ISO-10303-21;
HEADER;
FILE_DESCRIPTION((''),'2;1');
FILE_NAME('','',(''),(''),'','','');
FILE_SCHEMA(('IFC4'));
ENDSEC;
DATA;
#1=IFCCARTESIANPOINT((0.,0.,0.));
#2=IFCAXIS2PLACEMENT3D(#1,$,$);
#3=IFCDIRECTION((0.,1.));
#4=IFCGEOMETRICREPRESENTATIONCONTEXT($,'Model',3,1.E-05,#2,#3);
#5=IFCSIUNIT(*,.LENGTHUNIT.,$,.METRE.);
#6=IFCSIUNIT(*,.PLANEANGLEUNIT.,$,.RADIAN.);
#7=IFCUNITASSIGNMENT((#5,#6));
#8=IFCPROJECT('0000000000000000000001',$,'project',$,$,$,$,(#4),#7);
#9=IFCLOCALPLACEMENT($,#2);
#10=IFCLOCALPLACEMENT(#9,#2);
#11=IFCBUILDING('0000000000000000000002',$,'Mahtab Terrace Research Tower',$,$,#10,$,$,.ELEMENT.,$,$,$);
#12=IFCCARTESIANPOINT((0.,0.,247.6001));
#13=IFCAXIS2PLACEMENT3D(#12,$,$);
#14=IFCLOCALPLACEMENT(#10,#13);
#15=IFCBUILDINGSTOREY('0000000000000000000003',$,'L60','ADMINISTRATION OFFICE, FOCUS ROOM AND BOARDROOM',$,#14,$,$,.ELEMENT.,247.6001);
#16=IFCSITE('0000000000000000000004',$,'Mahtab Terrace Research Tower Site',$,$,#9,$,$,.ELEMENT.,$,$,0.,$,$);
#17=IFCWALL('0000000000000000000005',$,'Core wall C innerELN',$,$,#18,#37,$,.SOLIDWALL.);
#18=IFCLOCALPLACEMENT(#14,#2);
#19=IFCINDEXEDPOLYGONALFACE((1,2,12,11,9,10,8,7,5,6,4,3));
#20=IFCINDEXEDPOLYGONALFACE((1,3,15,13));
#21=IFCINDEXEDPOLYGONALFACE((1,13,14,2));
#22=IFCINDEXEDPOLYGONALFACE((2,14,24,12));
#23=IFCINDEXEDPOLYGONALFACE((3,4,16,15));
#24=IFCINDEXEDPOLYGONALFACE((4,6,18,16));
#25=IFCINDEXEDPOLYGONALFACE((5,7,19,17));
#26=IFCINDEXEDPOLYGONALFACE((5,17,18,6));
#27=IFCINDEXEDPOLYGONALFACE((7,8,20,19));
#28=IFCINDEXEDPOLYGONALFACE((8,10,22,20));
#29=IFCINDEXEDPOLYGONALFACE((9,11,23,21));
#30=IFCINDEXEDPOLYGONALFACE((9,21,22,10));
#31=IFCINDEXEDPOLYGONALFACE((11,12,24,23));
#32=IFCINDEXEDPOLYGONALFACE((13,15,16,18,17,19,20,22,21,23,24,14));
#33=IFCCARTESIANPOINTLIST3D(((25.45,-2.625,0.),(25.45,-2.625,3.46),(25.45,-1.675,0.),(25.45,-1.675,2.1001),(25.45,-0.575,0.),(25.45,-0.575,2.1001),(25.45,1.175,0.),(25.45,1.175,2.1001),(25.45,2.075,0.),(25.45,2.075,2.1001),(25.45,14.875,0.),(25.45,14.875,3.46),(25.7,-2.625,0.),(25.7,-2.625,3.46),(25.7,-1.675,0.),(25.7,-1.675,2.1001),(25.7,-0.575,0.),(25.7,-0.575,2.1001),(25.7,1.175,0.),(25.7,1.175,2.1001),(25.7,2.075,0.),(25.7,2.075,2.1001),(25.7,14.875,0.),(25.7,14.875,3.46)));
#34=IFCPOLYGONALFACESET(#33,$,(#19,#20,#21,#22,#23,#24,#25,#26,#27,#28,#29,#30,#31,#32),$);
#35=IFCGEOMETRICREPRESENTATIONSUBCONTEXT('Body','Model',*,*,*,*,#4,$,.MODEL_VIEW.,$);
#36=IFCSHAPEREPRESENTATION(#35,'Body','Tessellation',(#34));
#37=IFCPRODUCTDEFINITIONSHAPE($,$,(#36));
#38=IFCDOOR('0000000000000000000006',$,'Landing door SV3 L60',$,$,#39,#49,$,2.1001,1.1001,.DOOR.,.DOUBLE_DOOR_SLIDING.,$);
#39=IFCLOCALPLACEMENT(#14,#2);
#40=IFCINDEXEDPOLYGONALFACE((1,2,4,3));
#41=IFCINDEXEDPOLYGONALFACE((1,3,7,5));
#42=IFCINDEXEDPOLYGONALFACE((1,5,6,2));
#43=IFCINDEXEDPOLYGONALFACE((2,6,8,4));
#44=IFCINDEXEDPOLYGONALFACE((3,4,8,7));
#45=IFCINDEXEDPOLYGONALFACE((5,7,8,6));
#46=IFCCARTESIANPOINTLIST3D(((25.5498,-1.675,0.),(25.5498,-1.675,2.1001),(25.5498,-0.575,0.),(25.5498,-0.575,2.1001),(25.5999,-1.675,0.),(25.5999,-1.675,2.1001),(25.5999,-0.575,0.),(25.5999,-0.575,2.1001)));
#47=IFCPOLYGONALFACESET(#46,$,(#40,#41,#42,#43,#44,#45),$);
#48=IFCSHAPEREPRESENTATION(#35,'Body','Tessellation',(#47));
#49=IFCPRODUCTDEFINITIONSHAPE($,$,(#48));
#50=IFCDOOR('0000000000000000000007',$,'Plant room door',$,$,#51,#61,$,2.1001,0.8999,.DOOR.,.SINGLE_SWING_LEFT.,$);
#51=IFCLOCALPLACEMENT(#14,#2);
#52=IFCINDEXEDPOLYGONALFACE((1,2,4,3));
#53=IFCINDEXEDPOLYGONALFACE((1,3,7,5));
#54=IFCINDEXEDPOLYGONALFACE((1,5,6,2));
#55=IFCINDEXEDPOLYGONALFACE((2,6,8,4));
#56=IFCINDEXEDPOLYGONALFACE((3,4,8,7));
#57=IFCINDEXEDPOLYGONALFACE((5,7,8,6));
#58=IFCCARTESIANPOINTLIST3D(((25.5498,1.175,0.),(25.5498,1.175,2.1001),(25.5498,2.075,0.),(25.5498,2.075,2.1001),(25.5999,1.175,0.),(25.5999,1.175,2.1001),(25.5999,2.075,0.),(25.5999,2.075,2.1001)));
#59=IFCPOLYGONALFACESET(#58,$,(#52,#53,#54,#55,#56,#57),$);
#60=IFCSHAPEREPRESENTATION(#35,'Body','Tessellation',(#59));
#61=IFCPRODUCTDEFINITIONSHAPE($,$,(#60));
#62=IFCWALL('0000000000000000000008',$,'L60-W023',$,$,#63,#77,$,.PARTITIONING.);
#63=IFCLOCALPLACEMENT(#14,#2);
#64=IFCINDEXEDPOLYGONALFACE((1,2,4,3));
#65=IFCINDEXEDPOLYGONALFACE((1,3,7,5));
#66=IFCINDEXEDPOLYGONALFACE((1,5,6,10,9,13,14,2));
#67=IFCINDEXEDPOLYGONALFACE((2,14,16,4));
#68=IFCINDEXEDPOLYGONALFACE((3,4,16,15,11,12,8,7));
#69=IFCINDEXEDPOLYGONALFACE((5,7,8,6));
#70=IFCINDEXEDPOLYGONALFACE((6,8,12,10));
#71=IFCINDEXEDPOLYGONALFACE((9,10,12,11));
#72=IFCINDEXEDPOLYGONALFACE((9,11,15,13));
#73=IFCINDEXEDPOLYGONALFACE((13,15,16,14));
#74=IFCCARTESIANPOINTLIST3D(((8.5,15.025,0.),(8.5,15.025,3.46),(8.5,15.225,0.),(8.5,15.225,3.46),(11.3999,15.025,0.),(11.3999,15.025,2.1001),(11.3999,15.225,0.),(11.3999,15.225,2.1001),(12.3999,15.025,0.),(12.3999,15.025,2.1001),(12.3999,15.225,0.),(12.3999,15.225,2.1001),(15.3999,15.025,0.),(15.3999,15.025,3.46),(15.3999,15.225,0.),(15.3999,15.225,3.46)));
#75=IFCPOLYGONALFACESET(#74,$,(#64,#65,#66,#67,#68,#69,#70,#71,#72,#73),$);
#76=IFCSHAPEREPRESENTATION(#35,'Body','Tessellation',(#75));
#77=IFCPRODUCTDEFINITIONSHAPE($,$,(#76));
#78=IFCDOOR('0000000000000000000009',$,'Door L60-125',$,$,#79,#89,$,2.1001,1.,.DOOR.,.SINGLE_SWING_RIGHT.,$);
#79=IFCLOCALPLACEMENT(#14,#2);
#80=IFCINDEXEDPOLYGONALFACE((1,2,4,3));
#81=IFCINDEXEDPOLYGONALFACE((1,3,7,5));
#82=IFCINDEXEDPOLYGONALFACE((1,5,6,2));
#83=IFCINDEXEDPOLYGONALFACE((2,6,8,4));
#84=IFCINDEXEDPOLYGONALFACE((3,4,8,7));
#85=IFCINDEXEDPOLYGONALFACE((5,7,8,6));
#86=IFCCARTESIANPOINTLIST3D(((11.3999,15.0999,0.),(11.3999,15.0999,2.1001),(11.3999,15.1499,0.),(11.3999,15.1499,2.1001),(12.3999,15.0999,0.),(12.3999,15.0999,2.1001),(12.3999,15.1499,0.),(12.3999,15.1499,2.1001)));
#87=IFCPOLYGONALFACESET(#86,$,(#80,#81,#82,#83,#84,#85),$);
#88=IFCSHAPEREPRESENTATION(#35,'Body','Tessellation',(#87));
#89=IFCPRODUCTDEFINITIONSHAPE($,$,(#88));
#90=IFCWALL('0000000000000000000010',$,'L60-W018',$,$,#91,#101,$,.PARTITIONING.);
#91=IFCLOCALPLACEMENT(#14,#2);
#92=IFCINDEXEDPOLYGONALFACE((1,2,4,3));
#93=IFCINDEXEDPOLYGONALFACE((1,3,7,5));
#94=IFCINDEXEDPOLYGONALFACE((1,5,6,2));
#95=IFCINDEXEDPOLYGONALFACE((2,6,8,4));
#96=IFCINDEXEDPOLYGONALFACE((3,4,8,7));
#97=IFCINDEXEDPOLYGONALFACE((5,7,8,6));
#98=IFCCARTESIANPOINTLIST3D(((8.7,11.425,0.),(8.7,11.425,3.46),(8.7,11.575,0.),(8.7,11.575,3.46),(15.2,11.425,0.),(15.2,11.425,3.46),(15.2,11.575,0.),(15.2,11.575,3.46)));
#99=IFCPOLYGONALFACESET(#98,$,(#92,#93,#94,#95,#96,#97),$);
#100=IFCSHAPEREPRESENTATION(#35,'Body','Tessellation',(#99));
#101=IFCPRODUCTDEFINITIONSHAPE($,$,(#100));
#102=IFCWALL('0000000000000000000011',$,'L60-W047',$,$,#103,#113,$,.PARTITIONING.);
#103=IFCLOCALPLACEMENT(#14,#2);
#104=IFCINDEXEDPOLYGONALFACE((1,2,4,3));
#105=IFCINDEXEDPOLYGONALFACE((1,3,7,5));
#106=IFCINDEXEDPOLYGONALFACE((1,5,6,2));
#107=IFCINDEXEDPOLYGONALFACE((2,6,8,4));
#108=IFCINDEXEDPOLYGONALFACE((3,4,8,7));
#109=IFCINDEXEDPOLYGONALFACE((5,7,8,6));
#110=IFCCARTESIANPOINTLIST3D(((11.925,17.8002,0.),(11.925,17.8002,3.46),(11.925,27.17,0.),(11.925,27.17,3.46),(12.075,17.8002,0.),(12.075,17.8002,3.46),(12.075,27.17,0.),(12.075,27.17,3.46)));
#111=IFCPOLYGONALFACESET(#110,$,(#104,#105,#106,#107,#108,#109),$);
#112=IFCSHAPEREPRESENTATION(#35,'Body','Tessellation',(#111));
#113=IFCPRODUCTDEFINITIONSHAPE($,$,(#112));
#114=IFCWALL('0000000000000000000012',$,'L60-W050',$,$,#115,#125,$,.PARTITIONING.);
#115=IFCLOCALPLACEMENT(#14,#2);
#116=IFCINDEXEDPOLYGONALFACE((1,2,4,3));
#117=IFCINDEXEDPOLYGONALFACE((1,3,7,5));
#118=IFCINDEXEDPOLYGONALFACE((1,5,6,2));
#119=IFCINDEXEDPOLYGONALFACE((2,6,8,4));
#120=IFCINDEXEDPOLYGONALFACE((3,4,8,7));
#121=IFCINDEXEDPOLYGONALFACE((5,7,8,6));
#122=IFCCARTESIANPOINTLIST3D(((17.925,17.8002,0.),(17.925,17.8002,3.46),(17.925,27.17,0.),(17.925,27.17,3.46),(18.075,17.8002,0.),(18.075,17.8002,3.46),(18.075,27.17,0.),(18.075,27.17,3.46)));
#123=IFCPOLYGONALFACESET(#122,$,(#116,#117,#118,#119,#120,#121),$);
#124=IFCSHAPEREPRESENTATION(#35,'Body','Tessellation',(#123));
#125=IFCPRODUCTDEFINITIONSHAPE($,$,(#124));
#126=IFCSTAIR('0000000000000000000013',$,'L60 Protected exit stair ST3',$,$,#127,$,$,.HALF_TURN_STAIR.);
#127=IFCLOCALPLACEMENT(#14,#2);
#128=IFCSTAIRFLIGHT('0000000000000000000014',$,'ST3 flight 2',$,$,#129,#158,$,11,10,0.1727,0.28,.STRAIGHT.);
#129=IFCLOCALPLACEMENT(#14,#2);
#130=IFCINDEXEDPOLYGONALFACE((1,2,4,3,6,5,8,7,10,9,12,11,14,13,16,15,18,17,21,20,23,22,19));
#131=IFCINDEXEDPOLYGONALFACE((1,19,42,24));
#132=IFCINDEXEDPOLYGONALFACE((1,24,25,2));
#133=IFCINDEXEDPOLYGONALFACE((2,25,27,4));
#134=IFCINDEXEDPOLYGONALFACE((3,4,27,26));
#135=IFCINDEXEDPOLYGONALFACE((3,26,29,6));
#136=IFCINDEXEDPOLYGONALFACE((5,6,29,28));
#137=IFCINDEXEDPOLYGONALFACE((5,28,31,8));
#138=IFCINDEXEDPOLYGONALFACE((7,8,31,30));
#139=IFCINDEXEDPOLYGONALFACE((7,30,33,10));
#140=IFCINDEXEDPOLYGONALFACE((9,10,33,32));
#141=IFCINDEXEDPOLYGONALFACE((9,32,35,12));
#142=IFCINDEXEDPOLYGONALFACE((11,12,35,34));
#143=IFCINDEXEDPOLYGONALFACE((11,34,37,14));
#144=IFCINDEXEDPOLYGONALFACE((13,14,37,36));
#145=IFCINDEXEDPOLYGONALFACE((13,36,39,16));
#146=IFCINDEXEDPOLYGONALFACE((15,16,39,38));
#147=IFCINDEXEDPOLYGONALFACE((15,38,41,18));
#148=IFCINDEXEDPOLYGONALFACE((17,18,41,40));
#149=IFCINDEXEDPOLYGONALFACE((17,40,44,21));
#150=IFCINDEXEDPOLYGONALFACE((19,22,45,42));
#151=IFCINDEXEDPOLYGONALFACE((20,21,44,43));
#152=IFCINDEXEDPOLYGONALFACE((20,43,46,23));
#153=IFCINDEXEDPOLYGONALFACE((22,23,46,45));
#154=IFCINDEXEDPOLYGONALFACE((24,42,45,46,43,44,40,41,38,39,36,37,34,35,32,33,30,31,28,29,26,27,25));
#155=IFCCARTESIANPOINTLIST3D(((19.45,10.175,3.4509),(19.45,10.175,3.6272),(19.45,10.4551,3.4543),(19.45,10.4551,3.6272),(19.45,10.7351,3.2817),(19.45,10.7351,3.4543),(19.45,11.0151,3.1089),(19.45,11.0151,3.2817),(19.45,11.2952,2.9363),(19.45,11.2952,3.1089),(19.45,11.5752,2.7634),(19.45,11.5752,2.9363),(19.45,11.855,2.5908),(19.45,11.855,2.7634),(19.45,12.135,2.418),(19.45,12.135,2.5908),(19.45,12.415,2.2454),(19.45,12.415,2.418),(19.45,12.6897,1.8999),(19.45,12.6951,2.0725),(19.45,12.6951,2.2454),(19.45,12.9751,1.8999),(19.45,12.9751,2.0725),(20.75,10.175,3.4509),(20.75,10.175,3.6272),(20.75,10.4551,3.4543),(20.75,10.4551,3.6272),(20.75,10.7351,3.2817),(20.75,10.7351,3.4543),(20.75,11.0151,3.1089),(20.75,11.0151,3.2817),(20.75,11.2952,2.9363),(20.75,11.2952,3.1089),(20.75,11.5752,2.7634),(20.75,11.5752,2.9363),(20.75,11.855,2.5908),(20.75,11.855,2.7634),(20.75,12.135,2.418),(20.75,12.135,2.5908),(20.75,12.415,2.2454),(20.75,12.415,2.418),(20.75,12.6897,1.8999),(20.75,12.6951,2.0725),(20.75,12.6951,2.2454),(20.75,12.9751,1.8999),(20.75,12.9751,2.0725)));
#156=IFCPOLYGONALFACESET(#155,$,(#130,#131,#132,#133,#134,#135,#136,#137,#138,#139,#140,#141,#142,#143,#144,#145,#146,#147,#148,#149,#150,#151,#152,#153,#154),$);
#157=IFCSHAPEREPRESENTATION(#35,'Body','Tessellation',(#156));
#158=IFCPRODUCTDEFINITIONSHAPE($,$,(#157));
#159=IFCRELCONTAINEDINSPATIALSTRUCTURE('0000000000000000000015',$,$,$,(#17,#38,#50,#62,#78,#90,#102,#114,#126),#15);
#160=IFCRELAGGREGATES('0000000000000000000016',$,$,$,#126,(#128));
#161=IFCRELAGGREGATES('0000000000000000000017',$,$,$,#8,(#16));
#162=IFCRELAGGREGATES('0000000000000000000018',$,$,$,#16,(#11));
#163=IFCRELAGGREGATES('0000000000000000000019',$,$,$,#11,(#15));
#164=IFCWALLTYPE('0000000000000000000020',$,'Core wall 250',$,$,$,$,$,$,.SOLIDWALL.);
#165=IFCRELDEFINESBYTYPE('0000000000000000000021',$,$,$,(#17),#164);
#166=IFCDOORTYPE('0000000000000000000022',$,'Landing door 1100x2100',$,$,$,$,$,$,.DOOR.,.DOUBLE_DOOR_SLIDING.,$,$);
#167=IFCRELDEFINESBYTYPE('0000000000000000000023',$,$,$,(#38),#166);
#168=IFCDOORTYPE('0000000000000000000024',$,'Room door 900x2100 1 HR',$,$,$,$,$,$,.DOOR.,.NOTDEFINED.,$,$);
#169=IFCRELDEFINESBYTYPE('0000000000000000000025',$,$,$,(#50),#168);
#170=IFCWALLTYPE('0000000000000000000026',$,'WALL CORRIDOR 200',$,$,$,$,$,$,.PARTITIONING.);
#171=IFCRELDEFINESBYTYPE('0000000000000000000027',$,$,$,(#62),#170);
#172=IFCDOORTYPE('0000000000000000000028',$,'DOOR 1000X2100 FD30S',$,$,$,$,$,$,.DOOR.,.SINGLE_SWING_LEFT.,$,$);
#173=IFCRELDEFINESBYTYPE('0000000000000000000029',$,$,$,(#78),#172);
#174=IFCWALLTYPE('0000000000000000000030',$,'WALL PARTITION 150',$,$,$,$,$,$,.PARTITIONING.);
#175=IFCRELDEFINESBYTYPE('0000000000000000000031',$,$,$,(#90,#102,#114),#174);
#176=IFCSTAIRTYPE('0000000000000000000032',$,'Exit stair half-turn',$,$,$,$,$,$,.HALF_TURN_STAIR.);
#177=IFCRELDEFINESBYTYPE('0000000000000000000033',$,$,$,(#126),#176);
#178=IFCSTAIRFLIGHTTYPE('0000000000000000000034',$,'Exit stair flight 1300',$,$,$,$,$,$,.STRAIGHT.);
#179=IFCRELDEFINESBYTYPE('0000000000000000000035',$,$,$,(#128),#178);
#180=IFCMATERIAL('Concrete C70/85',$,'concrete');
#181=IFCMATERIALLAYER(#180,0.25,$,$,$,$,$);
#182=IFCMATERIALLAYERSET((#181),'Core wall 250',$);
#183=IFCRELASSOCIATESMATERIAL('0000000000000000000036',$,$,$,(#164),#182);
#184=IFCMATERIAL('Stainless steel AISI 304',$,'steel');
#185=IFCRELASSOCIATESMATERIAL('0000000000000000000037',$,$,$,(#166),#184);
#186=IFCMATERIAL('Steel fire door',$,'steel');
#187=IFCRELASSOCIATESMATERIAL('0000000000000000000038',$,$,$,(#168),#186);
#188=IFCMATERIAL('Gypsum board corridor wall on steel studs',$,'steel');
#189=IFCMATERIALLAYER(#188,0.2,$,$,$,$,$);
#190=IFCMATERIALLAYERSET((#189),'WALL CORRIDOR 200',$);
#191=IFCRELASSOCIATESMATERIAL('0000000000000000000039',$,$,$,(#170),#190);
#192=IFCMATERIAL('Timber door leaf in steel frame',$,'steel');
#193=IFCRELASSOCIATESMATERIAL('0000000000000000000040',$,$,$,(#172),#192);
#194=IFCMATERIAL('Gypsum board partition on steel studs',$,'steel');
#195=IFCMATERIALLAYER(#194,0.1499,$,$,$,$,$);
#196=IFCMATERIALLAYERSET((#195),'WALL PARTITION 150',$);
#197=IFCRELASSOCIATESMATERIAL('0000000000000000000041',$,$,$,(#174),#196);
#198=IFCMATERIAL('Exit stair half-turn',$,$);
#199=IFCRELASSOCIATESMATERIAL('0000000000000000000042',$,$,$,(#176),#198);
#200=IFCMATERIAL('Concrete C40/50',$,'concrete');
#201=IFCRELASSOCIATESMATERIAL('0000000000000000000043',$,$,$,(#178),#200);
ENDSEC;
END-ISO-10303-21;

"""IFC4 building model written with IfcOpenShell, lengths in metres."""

from ifc_helpers import new_model, si_unit, direction, frame, frame_2d, origin, place, context, subcontext, project, spatial, polyline, rectangle, outline, extrude, material, layer, layer_set, type_object, element, fill, aggregate, save


model = new_model("IFC4")

# Units and contexts
model_context = context("Model", 3, precision=1e-05, world=origin(), true_north=direction((0.0, 1.0)))
body_context = subcontext(model_context, "Body", "Model", "MODEL_VIEW")
ifc_project = project(units=[si_unit("LENGTHUNIT", "METRE"), si_unit("PLANEANGLEUNIT", "RADIAN")], contexts=[model_context])

# Site, building, storey
site_placement = place(None, origin())
site = spatial("IfcSite", under=ifc_project, at=site_placement, Name="Mahtab Terrace Research Tower Site", CompositionType="ELEMENT", RefElevation=0.0)
building_placement = place(site_placement, origin())
building = spatial("IfcBuilding", under=site, at=building_placement, Name="Mahtab Terrace Research Tower", CompositionType="ELEMENT")
storey_placement = place(building_placement, frame((0.0, 0.0, 247.6001)))
storey = spatial("IfcBuildingStorey", under=building, at=storey_placement, Name="L60", Description="ADMINISTRATION OFFICE, FOCUS ROOM AND BOARDROOM", CompositionType="ELEMENT", Elevation=247.6001)

# Shared definitions
ifc_material_1 = material(Name="Concrete C70/85", Category="concrete")

# Shared definitions
ifc_layer_1 = layer(ifc_material_1, 0.25)
ifc_layer_set_1 = layer_set([ifc_layer_1], Name="Core wall 250")
wall_type_1 = type_object("IfcWallType", Name="Core wall 250", PredefinedType="SOLIDWALL", material=ifc_layer_set_1)

# Shared definitions
ifc_material_2 = material(Name="Steel fire door", Category="steel")

# Wall, openings, doors
wall_1_placement = place(storey_placement, frame((25.575, 14.875, 0.0), z_axis=(0.0, 0.0, 1.0), x_axis=(0.0, -1.0, 0.0)))
wall_1 = element("IfcWall", 1, at=wall_1_placement, inside=storey, type_object=wall_type_1, Name="Core wall C innerELN", PredefinedType="SOLIDWALL", context=body_context, shape_type="SweptSolid", body=[
    extrude(rectangle(XDim=17.5, YDim=0.25, at=frame_2d((8.75, 0.0))), origin(), (0.0, 0.0, 1.0), 3.46),
])
opening_1_placement = place(wall_1_placement, frame((15.45, 0.0, 0.0)))
opening_1 = element("IfcOpeningElement", 2, at=opening_1_placement, cuts=wall_1, PredefinedType="OPENING", context=body_context, shape_type="SweptSolid", body=[
    extrude(rectangle(XDim=1.1001, YDim=2.1001, at=frame_2d((0.55, 1.05))), frame((0.0, 0.135, 0.0), z_axis=(0.0, -1.0, 0.0), x_axis=(1.0, 0.0, 0.0)), (0.0, 0.0, 1.0), 0.27),
])
opening_2_placement = place(wall_1_placement, frame((12.8, 0.0, 0.0)))
opening_2 = element("IfcOpeningElement", 3, at=opening_2_placement, cuts=wall_1, PredefinedType="OPENING", context=body_context, shape_type="SweptSolid", body=[
    extrude(rectangle(XDim=0.8999, YDim=2.1001, at=frame_2d((0.45, 1.05))), frame((0.0, 0.135, 0.0), z_axis=(0.0, -1.0, 0.0), x_axis=(1.0, 0.0, 0.0)), (0.0, 0.0, 1.0), 0.27),
])
ifc_material_3 = material(Name="Stainless steel AISI 304", Category="steel")
door_type_1 = type_object("IfcDoorType", Name="Landing door 1100x2100", OperationType="DOUBLE_DOOR_SLIDING", PredefinedType="DOOR", material=ifc_material_3)
door_1_placement = place(opening_1_placement, origin())
door_1 = element("IfcDoor", 4, at=door_1_placement, inside=storey, type_object=door_type_1, Name="Landing door SV3 L60", OperationType="DOUBLE_DOOR_SLIDING", OverallHeight=2.1001, OverallWidth=1.1001, PredefinedType="DOOR", context=body_context, shape_type="SweptSolid", body=[
    extrude(rectangle(XDim=1.1001, YDim=2.1001, at=frame_2d((0.55, 1.05))), frame((0.0, 0.0249, 0.0), z_axis=(0.0, -1.0, 0.0), x_axis=(1.0, 0.0, 0.0)), (0.0, 0.0, 1.0), 0.05),
])
fill(opening_1, door_1)
door_type_2 = type_object("IfcDoorType", Name="Room door 900x2100 1 HR", OperationType="NOTDEFINED", PredefinedType="DOOR", material=ifc_material_2)
door_2_placement = place(opening_2_placement, origin())
door_2 = element("IfcDoor", 5, at=door_2_placement, inside=storey, type_object=door_type_2, Name="Plant room door", OperationType="SINGLE_SWING_LEFT", OverallHeight=2.1001, OverallWidth=0.8999, PredefinedType="DOOR", context=body_context, shape_type="SweptSolid", body=[
    extrude(rectangle(XDim=0.8999, YDim=2.1001, at=frame_2d((0.45, 1.05))), frame((0.0, 0.0249, 0.0), z_axis=(0.0, -1.0, 0.0), x_axis=(1.0, 0.0, 0.0)), (0.0, 0.0, 1.0), 0.05),
])
fill(opening_2, door_2)

# Wall, opening, door
ifc_material_4 = material(Name="Gypsum board corridor wall on steel studs", Category="steel")
ifc_layer_2 = layer(ifc_material_4, 0.2)
ifc_layer_set_2 = layer_set([ifc_layer_2], Name="WALL CORRIDOR 200")
wall_type_2 = type_object("IfcWallType", Name="WALL CORRIDOR 200", PredefinedType="PARTITIONING", material=ifc_layer_set_2)
wall_2_placement = place(storey_placement, frame((8.5, 15.125, 0.0), z_axis=(0.0, 0.0, 1.0), x_axis=(1.0, 0.0, 0.0)))
wall_2 = element("IfcWall", 6, at=wall_2_placement, inside=storey, type_object=wall_type_2, Name="L60-W023", PredefinedType="PARTITIONING", context=body_context, shape_type="SweptSolid", body=[
    extrude(rectangle(XDim=6.8999, YDim=0.2, at=frame_2d((3.45, 0.0))), origin(), (0.0, 0.0, 1.0), 3.46),
])
opening_3_placement = place(wall_2_placement, frame((2.8999, 0.0, 0.0)))
opening_3 = element("IfcOpeningElement", 7, at=opening_3_placement, cuts=wall_2, PredefinedType="OPENING", context=body_context, shape_type="SweptSolid", body=[
    extrude(rectangle(XDim=1.0, YDim=2.1001, at=frame_2d((0.5, 1.05))), frame((0.0, 0.1099, 0.0), z_axis=(0.0, -1.0, 0.0), x_axis=(1.0, 0.0, 0.0)), (0.0, 0.0, 1.0), 0.22),
])
ifc_material_5 = material(Name="Timber door leaf in steel frame", Category="steel")
door_type_3 = type_object("IfcDoorType", Name="DOOR 1000X2100 FD30S", OperationType="SINGLE_SWING_LEFT", PredefinedType="DOOR", material=ifc_material_5)
door_3_placement = place(opening_3_placement, origin())
door_3 = element("IfcDoor", 8, at=door_3_placement, inside=storey, type_object=door_type_3, Name="Door L60-125", OperationType="SINGLE_SWING_RIGHT", OverallHeight=2.1001, OverallWidth=1.0, PredefinedType="DOOR", context=body_context, shape_type="SweptSolid", body=[
    extrude(rectangle(XDim=1.0, YDim=2.1001, at=frame_2d((0.5, 1.05))), frame((0.0, 0.0249, 0.0), z_axis=(0.0, -1.0, 0.0), x_axis=(1.0, 0.0, 0.0)), (0.0, 0.0, 1.0), 0.05),
])
fill(opening_3, door_3)

# Walls
ifc_material_6 = material(Name="Gypsum board partition on steel studs", Category="steel")
ifc_layer_3 = layer(ifc_material_6, 0.1499)
ifc_layer_set_3 = layer_set([ifc_layer_3], Name="WALL PARTITION 150")
wall_type_3 = type_object("IfcWallType", Name="WALL PARTITION 150", PredefinedType="PARTITIONING", material=ifc_layer_set_3)
wall_3_placement = place(storey_placement, frame((8.7, 11.5, 0.0), z_axis=(0.0, 0.0, 1.0), x_axis=(1.0, 0.0, 0.0)))
element("IfcWall", 9, at=wall_3_placement, inside=storey, type_object=wall_type_3, Name="L60-W018", PredefinedType="PARTITIONING", context=body_context, shape_type="SweptSolid", body=[
    extrude(rectangle(XDim=6.5, YDim=0.1499, at=frame_2d((3.25, 0.0))), origin(), (0.0, 0.0, 1.0), 3.46),
])
for number, where, z_axis, x_axis, name in (
    (10, (12.0, 17.8, 0.0), (0.0, 0.0, 1.0), (0.0, 1.0, 0.0), "L60-W047"),
    (11, (18.0, 17.8, 0.0), (0.0, 0.0, 1.0), (0.0, 1.0, 0.0), "L60-W050"),
):
    element("IfcWall", number, at=place(storey_placement, frame(where, z_axis=z_axis, x_axis=x_axis)), inside=storey, type_object=wall_type_3, Name=name, PredefinedType="PARTITIONING", context=body_context, shape_type="SweptSolid", body=[
        extrude(rectangle(XDim=9.3699, YDim=0.1499, at=frame_2d((4.6851, 0.0))), origin(), (0.0, 0.0, 1.0), 3.46),
    ])

# Stair, stair flight
ifc_material_7 = material(Name="Exit stair half-turn")
stair_type = type_object("IfcStairType", Name="Exit stair half-turn", PredefinedType="HALF_TURN_STAIR", material=ifc_material_7)
stair_placement = place(storey_placement, origin())
stair = element("IfcStair", 12, at=stair_placement, inside=storey, type_object=stair_type, Name="L60 Protected exit stair ST3", PredefinedType="HALF_TURN_STAIR")
ifc_material_8 = material(Name="Concrete C40/50", Category="concrete")
stair_flight_type = type_object("IfcStairFlightType", Name="Exit stair flight 1300", PredefinedType="STRAIGHT", material=ifc_material_8)
stair_flight_placement = place(storey_placement, frame((20.1001, 12.9751, 1.8999), z_axis=(0.0, 0.0, 1.0), x_axis=(0.0, -1.0, 0.0)))
stair_flight = element("IfcStairFlight", 13, at=stair_flight_placement, type_object=stair_flight_type, Name="ST3 flight 2", NumberOfRisers=11, NumberOfTreads=10, PredefinedType="STRAIGHT", RiserHeight=0.1727, TreadLength=0.28, context=body_context, shape_type="SweptSolid", body=[
    extrude(outline(polyline([(0.0, 0.0), (0.0, 0.1726), (0.28, 0.1726), (0.28, 0.3455), (0.5601, 0.3455), (0.5601, 0.5181), (0.8401, 0.5181), (0.8401, 0.6909), (1.1201, 0.6909), (1.1201, 0.8635), (1.3999, 0.8635), (1.3999, 1.0364), (1.6799, 1.0364), (1.6799, 1.209), (1.96, 1.209), (1.96, 1.3818), (2.24, 1.3818), (2.24, 1.5544), (2.52, 1.5544), (2.52, 1.7273), (2.8, 1.7273), (2.8, 1.8999), (2.8, 1.551), (0.2854, 0.0), (0.0, 0.0)])), frame((0.0, 0.6499, 0.0), z_axis=(0.0, -1.0, 0.0), x_axis=(1.0, 0.0, 0.0)), (0.0, 0.0, 1.0), 1.3),
])
aggregate(stair, [stair_flight])

save(model, "model.ifc")
